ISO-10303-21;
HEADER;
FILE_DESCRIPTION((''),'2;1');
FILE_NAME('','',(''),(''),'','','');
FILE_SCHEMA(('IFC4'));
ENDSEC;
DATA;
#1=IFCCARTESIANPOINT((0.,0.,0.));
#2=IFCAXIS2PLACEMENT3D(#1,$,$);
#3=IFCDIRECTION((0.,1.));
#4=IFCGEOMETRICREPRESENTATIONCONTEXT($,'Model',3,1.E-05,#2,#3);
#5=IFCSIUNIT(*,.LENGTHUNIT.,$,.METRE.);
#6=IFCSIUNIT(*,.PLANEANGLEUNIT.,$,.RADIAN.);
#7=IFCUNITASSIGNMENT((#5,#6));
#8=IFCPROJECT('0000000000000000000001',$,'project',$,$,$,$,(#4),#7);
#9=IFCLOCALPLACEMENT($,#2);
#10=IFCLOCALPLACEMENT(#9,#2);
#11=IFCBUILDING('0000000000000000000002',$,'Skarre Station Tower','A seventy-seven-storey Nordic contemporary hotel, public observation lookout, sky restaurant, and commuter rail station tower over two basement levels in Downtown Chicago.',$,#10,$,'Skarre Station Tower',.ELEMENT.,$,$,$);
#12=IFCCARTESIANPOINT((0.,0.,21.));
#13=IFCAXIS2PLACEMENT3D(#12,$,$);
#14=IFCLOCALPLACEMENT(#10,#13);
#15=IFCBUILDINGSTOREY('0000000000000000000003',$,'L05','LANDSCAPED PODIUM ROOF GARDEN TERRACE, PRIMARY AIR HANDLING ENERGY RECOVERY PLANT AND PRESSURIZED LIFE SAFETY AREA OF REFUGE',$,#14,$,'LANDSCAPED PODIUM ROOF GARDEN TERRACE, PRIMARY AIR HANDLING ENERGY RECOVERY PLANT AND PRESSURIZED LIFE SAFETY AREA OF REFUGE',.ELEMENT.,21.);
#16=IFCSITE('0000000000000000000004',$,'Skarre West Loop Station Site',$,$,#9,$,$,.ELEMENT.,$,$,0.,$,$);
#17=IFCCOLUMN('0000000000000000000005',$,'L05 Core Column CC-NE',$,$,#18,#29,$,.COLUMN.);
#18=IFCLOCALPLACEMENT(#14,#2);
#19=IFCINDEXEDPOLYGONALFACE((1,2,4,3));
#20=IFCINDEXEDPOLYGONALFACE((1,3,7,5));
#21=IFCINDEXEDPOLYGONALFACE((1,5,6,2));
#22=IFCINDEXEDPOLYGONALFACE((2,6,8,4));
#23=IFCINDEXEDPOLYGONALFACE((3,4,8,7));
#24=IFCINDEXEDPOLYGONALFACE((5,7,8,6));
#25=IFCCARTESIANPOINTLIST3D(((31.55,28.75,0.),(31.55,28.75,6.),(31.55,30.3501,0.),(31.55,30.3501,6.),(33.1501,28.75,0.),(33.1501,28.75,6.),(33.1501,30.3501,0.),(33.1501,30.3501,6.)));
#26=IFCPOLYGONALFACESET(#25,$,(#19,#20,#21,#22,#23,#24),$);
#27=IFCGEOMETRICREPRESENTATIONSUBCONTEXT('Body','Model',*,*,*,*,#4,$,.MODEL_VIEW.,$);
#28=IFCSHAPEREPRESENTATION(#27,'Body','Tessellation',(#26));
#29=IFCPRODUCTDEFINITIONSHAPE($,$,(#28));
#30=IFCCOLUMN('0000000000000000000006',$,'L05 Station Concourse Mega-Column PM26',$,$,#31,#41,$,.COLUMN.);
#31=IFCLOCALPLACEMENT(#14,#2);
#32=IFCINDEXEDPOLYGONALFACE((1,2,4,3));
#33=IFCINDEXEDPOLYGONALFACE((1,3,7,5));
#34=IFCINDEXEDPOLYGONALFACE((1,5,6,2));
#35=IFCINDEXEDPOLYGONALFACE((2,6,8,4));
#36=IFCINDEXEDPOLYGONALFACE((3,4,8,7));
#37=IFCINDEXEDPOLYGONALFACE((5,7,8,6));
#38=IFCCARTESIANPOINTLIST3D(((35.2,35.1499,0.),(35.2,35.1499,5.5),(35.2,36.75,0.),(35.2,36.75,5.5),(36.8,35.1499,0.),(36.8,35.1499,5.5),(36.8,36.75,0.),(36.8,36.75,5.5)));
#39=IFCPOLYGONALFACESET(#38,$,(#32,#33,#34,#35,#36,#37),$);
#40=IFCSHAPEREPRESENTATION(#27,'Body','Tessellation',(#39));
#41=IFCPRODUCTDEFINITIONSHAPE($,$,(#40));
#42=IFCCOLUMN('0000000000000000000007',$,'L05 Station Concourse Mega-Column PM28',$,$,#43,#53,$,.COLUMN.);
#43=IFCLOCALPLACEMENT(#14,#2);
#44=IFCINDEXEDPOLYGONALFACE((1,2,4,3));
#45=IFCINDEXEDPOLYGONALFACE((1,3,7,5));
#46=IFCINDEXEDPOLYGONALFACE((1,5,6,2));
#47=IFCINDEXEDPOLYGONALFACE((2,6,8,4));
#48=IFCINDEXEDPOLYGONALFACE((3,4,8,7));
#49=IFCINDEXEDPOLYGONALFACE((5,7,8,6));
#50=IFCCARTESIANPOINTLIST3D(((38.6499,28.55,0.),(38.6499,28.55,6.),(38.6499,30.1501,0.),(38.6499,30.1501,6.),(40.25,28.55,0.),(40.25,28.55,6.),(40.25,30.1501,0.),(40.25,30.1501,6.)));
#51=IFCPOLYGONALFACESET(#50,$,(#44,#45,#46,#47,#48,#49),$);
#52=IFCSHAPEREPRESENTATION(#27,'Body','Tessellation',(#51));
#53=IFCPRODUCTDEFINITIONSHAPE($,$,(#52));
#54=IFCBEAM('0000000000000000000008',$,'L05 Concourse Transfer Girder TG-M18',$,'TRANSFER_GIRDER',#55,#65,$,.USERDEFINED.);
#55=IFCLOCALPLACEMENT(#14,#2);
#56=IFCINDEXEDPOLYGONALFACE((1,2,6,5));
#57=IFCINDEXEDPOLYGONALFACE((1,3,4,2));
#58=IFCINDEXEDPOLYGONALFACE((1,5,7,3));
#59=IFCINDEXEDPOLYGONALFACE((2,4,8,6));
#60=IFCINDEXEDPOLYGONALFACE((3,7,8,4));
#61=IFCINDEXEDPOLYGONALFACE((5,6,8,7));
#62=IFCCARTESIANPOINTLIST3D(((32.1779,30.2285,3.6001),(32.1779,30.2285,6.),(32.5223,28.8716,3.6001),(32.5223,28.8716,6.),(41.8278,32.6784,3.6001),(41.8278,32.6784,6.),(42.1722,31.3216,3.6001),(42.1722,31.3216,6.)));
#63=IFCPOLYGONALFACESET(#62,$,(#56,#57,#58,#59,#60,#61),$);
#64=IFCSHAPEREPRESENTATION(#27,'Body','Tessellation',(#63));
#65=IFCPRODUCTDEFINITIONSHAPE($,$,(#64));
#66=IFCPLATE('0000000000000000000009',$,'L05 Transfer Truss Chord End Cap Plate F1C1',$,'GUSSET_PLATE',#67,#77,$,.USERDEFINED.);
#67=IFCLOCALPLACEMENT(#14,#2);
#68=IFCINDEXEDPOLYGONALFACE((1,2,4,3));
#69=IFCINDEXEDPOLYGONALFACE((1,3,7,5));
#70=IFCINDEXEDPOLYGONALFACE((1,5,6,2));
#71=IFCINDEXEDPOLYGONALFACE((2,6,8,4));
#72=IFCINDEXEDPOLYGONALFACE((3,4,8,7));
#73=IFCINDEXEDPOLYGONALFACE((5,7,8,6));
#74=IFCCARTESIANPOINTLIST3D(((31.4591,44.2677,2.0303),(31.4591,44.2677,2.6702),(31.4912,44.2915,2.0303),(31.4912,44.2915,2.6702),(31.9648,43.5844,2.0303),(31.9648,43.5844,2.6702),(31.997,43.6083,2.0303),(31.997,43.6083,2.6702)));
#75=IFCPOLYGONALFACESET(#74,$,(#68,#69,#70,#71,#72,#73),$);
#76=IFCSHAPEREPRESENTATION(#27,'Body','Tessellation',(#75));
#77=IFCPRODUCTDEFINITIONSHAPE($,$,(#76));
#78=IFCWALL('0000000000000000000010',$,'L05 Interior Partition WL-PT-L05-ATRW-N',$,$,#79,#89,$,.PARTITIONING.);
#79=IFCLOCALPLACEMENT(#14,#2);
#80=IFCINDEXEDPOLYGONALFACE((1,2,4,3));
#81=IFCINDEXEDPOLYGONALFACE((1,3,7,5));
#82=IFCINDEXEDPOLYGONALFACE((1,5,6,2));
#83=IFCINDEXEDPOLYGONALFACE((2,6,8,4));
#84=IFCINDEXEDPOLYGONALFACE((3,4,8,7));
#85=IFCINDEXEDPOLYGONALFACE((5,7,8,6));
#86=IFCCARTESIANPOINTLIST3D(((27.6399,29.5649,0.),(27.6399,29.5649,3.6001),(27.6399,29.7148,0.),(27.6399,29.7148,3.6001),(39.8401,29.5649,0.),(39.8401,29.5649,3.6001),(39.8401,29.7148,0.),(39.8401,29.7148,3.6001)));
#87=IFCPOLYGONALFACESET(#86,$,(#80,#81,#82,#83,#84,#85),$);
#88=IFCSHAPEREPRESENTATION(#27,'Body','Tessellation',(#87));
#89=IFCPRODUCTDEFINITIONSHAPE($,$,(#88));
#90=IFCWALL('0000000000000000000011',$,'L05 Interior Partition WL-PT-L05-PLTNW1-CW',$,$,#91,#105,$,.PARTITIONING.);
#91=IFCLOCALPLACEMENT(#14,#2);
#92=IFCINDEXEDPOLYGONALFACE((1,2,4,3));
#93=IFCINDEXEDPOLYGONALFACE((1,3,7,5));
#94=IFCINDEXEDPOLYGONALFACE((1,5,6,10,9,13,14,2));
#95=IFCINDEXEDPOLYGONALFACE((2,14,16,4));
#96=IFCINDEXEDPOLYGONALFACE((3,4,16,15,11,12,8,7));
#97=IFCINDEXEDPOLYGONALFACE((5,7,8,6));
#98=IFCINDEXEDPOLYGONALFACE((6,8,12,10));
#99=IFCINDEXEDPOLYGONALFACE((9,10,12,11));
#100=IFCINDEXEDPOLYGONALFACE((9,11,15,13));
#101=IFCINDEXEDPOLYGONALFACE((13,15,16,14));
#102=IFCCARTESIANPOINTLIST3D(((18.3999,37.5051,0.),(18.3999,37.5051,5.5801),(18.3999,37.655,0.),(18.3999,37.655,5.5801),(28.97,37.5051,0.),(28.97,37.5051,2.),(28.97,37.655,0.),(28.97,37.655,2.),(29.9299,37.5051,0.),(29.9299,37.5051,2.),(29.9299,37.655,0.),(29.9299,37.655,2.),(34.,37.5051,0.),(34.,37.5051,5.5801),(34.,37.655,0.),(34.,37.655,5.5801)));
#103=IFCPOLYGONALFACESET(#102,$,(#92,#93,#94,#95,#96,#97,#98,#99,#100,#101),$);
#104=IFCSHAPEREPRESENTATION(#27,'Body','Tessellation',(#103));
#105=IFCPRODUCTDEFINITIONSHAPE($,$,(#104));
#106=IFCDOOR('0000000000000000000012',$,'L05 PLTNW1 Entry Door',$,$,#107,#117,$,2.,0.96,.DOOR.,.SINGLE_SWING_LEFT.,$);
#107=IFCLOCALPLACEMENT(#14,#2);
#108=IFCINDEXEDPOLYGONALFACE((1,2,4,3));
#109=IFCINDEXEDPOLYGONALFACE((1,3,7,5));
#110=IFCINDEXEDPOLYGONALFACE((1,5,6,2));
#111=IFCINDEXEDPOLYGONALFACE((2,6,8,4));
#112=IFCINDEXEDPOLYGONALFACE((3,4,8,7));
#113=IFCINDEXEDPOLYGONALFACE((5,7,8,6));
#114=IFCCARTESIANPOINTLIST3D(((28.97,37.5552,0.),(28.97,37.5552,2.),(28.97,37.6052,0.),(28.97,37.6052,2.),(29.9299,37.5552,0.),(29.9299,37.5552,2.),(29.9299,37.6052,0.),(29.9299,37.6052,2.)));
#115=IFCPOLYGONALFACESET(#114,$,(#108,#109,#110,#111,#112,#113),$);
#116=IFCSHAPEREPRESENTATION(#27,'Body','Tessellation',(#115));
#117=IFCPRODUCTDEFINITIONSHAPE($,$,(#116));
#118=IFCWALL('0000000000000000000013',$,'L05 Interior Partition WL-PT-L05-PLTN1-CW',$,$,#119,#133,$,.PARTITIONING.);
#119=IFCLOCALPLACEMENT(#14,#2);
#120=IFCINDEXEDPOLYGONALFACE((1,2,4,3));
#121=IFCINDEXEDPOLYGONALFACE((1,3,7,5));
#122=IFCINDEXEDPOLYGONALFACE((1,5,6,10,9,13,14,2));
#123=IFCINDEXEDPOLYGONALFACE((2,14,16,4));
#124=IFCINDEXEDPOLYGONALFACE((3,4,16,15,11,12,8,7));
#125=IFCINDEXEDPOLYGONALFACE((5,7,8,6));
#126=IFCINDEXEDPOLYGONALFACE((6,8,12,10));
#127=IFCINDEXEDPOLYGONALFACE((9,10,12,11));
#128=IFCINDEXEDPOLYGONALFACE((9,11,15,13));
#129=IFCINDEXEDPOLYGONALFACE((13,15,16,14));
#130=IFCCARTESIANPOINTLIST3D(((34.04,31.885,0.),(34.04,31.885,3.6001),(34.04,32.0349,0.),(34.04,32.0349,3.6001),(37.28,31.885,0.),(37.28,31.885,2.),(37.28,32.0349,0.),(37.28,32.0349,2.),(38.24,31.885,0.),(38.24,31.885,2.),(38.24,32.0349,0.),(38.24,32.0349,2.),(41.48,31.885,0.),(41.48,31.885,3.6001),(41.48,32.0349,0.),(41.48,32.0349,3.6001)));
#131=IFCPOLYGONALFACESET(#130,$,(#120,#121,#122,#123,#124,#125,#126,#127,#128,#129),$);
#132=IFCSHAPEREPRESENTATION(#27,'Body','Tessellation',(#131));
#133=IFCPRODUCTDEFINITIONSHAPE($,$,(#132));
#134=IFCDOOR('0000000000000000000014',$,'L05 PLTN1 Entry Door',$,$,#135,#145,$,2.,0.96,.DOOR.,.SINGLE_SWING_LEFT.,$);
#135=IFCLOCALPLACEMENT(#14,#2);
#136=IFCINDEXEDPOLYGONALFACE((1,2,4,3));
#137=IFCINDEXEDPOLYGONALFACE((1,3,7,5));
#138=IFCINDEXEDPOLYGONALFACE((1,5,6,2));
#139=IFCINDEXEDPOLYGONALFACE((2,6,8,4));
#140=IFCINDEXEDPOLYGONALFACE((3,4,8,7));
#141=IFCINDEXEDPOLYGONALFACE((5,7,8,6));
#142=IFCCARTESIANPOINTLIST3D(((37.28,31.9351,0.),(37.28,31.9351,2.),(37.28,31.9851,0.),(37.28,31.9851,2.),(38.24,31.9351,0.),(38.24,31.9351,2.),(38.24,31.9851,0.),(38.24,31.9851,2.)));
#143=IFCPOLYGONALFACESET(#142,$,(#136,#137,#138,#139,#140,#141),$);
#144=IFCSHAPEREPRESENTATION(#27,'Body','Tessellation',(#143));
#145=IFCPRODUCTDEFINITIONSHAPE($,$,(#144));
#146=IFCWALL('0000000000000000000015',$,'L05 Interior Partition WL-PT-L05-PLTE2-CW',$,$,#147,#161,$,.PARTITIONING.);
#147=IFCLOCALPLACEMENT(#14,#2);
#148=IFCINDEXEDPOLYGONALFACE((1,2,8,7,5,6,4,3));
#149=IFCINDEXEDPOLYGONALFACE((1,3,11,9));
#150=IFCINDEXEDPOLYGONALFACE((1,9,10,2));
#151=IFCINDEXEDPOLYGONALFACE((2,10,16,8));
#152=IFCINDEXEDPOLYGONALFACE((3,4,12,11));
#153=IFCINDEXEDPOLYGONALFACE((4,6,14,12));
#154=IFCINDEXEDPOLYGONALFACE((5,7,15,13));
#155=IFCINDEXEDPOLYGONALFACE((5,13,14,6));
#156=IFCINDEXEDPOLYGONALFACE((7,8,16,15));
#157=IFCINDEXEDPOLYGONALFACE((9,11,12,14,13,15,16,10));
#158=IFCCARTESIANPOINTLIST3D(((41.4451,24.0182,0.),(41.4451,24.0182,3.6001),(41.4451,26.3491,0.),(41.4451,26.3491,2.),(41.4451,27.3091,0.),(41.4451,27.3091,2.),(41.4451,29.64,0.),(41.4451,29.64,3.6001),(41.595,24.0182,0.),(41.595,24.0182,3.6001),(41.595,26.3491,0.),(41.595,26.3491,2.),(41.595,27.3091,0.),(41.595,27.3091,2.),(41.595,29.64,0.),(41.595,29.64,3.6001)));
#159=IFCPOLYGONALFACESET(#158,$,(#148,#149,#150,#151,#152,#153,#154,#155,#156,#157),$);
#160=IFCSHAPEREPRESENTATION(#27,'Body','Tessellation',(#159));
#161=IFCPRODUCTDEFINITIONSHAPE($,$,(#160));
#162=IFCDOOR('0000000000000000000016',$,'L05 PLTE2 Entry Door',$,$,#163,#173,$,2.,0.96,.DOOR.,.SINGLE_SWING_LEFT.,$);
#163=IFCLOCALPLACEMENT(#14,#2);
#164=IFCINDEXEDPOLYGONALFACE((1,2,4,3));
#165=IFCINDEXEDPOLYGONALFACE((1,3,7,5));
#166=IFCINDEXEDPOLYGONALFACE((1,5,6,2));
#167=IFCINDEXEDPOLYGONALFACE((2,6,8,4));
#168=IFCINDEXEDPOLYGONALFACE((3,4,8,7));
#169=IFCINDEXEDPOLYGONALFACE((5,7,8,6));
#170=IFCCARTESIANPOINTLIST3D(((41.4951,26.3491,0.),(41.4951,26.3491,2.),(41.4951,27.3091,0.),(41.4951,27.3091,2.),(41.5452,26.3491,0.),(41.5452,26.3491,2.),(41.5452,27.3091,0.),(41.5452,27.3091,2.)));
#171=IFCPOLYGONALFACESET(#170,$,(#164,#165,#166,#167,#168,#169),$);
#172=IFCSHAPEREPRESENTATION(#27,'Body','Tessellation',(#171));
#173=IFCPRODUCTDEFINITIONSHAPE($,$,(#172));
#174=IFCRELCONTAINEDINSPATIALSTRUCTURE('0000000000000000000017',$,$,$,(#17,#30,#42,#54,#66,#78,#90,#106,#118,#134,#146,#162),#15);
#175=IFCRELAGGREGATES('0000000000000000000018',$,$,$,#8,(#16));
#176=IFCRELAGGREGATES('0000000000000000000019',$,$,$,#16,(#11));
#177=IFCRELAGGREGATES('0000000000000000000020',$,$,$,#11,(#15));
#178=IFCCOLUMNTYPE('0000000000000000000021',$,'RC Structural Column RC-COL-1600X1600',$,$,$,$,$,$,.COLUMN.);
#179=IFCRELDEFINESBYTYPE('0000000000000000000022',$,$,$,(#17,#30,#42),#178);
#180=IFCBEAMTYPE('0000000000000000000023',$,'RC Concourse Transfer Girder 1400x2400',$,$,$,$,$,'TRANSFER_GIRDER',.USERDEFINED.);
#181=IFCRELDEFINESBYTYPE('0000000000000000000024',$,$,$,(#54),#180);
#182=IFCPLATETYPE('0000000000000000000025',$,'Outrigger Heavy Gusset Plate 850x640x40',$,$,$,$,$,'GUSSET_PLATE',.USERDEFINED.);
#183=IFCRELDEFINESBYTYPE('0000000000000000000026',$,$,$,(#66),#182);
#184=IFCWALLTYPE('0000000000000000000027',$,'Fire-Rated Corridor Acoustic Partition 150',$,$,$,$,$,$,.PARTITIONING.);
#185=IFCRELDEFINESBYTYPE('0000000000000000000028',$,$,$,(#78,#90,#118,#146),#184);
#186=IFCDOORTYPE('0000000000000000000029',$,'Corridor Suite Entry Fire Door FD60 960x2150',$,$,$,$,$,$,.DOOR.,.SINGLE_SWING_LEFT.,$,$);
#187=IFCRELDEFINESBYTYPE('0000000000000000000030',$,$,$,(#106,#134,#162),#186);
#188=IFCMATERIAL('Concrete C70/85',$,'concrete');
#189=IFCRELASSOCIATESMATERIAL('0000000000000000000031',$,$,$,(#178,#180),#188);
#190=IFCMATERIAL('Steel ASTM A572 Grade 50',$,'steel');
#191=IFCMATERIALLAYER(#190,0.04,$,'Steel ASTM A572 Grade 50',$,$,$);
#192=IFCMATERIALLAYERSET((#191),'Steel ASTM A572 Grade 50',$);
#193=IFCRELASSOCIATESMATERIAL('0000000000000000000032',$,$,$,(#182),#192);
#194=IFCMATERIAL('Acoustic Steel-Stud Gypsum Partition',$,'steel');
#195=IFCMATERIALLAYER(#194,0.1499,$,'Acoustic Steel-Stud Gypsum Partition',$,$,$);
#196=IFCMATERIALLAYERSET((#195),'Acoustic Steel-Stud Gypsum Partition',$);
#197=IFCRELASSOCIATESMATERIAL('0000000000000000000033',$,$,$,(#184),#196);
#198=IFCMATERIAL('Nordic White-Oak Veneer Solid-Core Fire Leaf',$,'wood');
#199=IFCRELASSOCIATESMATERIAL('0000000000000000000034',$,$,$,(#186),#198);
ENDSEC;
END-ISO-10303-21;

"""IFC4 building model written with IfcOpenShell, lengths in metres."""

from ifc_helpers import new_model, si_unit, direction, frame, frame_2d, origin, origin_2d, place, context, subcontext, project, spatial, rectangle, extrude, material, layer, layer_set, material_profile, profile_set, type_object, element, fill, save


model = new_model("IFC4")

# Units and contexts
model_context = context("Model", 3, precision=1e-05, world=origin(), true_north=direction((0.0, 1.0)))
body_context = subcontext(model_context, "Body", "Model", "MODEL_VIEW")
ifc_project = project(units=[si_unit("LENGTHUNIT", "METRE"), si_unit("PLANEANGLEUNIT", "RADIAN")], contexts=[model_context])

# Site, building, storey
site_placement = place(None, origin())
site = spatial("IfcSite", under=ifc_project, at=site_placement, Name="Skarre West Loop Station Site", CompositionType="ELEMENT", RefElevation=0.0)
building_placement = place(site_placement, origin())
building = spatial("IfcBuilding", under=site, at=building_placement, Name="Skarre Station Tower", Description="A seventy-seven-storey Nordic contemporary hotel, public observation lookout, sky restaurant, and commuter rail station tower over two basement levels in Downtown Chicago.", LongName="Skarre Station Tower", CompositionType="ELEMENT")
storey_placement = place(building_placement, frame((0.0, 0.0, 21.0)))
storey = spatial("IfcBuildingStorey", under=building, at=storey_placement, Name="L05", Description="LANDSCAPED PODIUM ROOF GARDEN TERRACE, PRIMARY AIR HANDLING ENERGY RECOVERY PLANT AND PRESSURIZED LIFE SAFETY AREA OF REFUGE", LongName="LANDSCAPED PODIUM ROOF GARDEN TERRACE, PRIMARY AIR HANDLING ENERGY RECOVERY PLANT AND PRESSURIZED LIFE SAFETY AREA OF REFUGE", CompositionType="ELEMENT", Elevation=21.0)

# Columns
ifc_material_1 = material(Name="Concrete C70/85", Category="concrete")
ifc_material_profile_1 = material_profile(ifc_material_1, rectangle(XDim=1.6001, YDim=1.6001, at=origin_2d()), Name="Concrete C70/85")
ifc_profile_set_1 = profile_set([ifc_material_profile_1], Name="Concrete C70/85")
column_type = type_object("IfcColumnType", Name="RC Structural Column RC-COL-1600X1600", PredefinedType="COLUMN", material=ifc_profile_set_1)
column_1_placement = place(storey_placement, frame((32.3501, 29.55, 0.0), z_axis=(0.0, 0.0, 1.0), x_axis=(1.0, 0.0, 0.0)))
element("IfcColumn", 1, at=column_1_placement, inside=storey, type_object=column_type, Name="L05 Core Column CC-NE", PredefinedType="COLUMN", context=body_context, shape_type="SweptSolid", body=[
    extrude(rectangle(XDim=1.6001, YDim=1.6001, at=origin_2d()), origin(), (0.0, 0.0, 1.0), 6.0),
])
column_2_placement = place(storey_placement, frame((36.0, 35.95, 0.0), z_axis=(0.0, 0.0, 1.0), x_axis=(1.0, 0.0, 0.0)))
element("IfcColumn", 2, at=column_2_placement, inside=storey, type_object=column_type, Name="L05 Station Concourse Mega-Column PM26", PredefinedType="COLUMN", context=body_context, shape_type="SweptSolid", body=[
    extrude(rectangle(XDim=1.6001, YDim=1.6001, at=origin_2d()), origin(), (0.0, 0.0, 1.0), 5.5),
])
column_3_placement = place(storey_placement, frame((39.45, 29.3501, 0.0), z_axis=(0.0, 0.0, 1.0), x_axis=(1.0, 0.0, 0.0)))
element("IfcColumn", 3, at=column_3_placement, inside=storey, type_object=column_type, Name="L05 Station Concourse Mega-Column PM28", PredefinedType="COLUMN", context=body_context, shape_type="SweptSolid", body=[
    extrude(rectangle(XDim=1.6001, YDim=1.6001, at=origin_2d()), origin(), (0.0, 0.0, 1.0), 6.0),
])

# Beam
ifc_material_profile_2 = material_profile(ifc_material_1, rectangle(XDim=1.3999, YDim=2.3999, at=origin_2d()), Name="Concrete C70/85")
ifc_profile_set_2 = profile_set([ifc_material_profile_2], Name="Concrete C70/85")
beam_type = type_object("IfcBeamType", Name="RC Concourse Transfer Girder 1400x2400", ElementType="TRANSFER_GIRDER", PredefinedType="USERDEFINED", material=ifc_profile_set_2)
beam_placement = place(storey_placement, frame((32.3501, 29.55, 4.8), z_axis=(0.96925, 0.246077, 0.0), x_axis=(-0.246077, 0.96925, 0.0)))
element("IfcBeam", 4, at=beam_placement, inside=storey, type_object=beam_type, Name="L05 Concourse Transfer Girder TG-M18", ObjectType="TRANSFER_GIRDER", PredefinedType="USERDEFINED", context=body_context, shape_type="SweptSolid", body=[
    extrude(rectangle(XDim=1.3999, YDim=2.3999, at=origin_2d()), origin(), (0.0, 0.0, 1.0), 9.9561),
])

# Plate
ifc_material_2 = material(Name="Steel ASTM A572 Grade 50", Category="steel")
ifc_layer_1 = layer(ifc_material_2, 0.04, Name="Steel ASTM A572 Grade 50")
ifc_layer_set_1 = layer_set([ifc_layer_1], Name="Steel ASTM A572 Grade 50")
plate_type = type_object("IfcPlateType", Name="Outrigger Heavy Gusset Plate 850x640x40", ElementType="GUSSET_PLATE", PredefinedType="USERDEFINED", material=ifc_layer_set_1)
plate_placement = place(storey_placement, frame((31.728, 43.938, 2.0303), z_axis=(0.0, 0.0, 1.0), x_axis=(-0.803784, -0.594921, 0.0)))
element("IfcPlate", 5, at=plate_placement, inside=storey, type_object=plate_type, Name="L05 Transfer Truss Chord End Cap Plate F1C1", ObjectType="GUSSET_PLATE", PredefinedType="USERDEFINED", context=body_context, shape_type="SweptSolid", body=[
    extrude(rectangle(XDim=0.04, YDim=0.8501, at=origin_2d()), origin(), (0.0, 0.0, 1.0), 0.6399),
])

# Wall
ifc_material_3 = material(Name="Acoustic Steel-Stud Gypsum Partition", Category="steel")
ifc_layer_2 = layer(ifc_material_3, 0.1499, Name="Acoustic Steel-Stud Gypsum Partition")
ifc_layer_set_2 = layer_set([ifc_layer_2], Name="Acoustic Steel-Stud Gypsum Partition")
wall_type_1 = type_object("IfcWallType", Name="Fire-Rated Corridor Acoustic Partition 150", PredefinedType="PARTITIONING", material=ifc_layer_set_2)
wall_1_placement = place(storey_placement, frame((39.8401, 29.6399, 0.0), z_axis=(0.0, 0.0, 1.0), x_axis=(-1.0, 0.0, 0.0)))
element("IfcWall", 6, at=wall_1_placement, inside=storey, type_object=wall_type_1, Name="L05 Interior Partition WL-PT-L05-ATRW-N", PredefinedType="PARTITIONING", context=body_context, shape_type="SweptSolid", body=[
    extrude(rectangle(XDim=12.2002, YDim=0.1499, at=frame_2d((6.1001, 0.0))), origin(), (0.0, 0.0, 1.0), 3.6001),
])

# Walls, openings, doors
wall_2_placement = place(storey_placement, frame((34.0, 37.5801, 0.0), z_axis=(0.0, 0.0, 1.0), x_axis=(-1.0, 0.0, 0.0)))
wall_2 = element("IfcWall", 7, at=wall_2_placement, inside=storey, type_object=wall_type_1, Name="L05 Interior Partition WL-PT-L05-PLTNW1-CW", PredefinedType="PARTITIONING", context=body_context, shape_type="SweptSolid", body=[
    extrude(rectangle(XDim=15.6001, YDim=0.1499, at=frame_2d((7.8, 0.0))), origin(), (0.0, 0.0, 1.0), 5.5801),
])
opening_1_placement = place(wall_2_placement, frame((4.0701, 0.0, 0.0)))
opening_1 = element("IfcOpeningElement", 8, at=opening_1_placement, cuts=wall_2, PredefinedType="OPENING", context=body_context, shape_type="SweptSolid", body=[
    extrude(rectangle(XDim=0.96, YDim=2.0, at=frame_2d((0.48, 1.0))), frame((0.0, 0.085, 0.0), z_axis=(0.0, -1.0, 0.0), x_axis=(1.0, 0.0, 0.0)), (0.0, 0.0, 1.0), 0.1699),
])
ifc_material_4 = material(Name="Nordic White-Oak Veneer Solid-Core Fire Leaf", Category="wood")
door_type = type_object("IfcDoorType", Name="Corridor Suite Entry Fire Door FD60 960x2150", OperationType="SINGLE_SWING_LEFT", PredefinedType="DOOR", material=ifc_material_4)
door_1_placement = place(opening_1_placement, origin())
door_1 = element("IfcDoor", 9, at=door_1_placement, inside=storey, type_object=door_type, Name="L05 PLTNW1 Entry Door", OperationType="SINGLE_SWING_LEFT", OverallHeight=2.0, OverallWidth=0.96, PredefinedType="DOOR", context=body_context, shape_type="SweptSolid", body=[
    extrude(rectangle(XDim=0.96, YDim=2.0, at=frame_2d((0.48, 1.0))), frame((0.0, 0.0249, 0.0), z_axis=(0.0, -1.0, 0.0), x_axis=(1.0, 0.0, 0.0)), (0.0, 0.0, 1.0), 0.05),
])
fill(opening_1, door_1)
wall_3_placement = place(storey_placement, frame((41.48, 31.96, 0.0), z_axis=(0.0, 0.0, 1.0), x_axis=(-1.0, 0.0, 0.0)))
wall_3 = element("IfcWall", 10, at=wall_3_placement, inside=storey, type_object=wall_type_1, Name="L05 Interior Partition WL-PT-L05-PLTN1-CW", PredefinedType="PARTITIONING", context=body_context, shape_type="SweptSolid", body=[
    extrude(rectangle(XDim=7.4399, YDim=0.1499, at=frame_2d((3.72, 0.0))), origin(), (0.0, 0.0, 1.0), 3.6001),
])
opening_2_placement = place(wall_3_placement, frame((3.24, 0.0, 0.0)))
opening_2 = element("IfcOpeningElement", 11, at=opening_2_placement, cuts=wall_3, PredefinedType="OPENING", context=body_context, shape_type="SweptSolid", body=[
    extrude(rectangle(XDim=0.96, YDim=2.0, at=frame_2d((0.48, 1.0))), frame((0.0, 0.085, 0.0), z_axis=(0.0, -1.0, 0.0), x_axis=(1.0, 0.0, 0.0)), (0.0, 0.0, 1.0), 0.1699),
])
door_2_placement = place(opening_2_placement, origin())
door_2 = element("IfcDoor", 12, at=door_2_placement, inside=storey, type_object=door_type, Name="L05 PLTN1 Entry Door", OperationType="SINGLE_SWING_LEFT", OverallHeight=2.0, OverallWidth=0.96, PredefinedType="DOOR", context=body_context, shape_type="SweptSolid", body=[
    extrude(rectangle(XDim=0.96, YDim=2.0, at=frame_2d((0.48, 1.0))), frame((0.0, 0.0249, 0.0), z_axis=(0.0, -1.0, 0.0), x_axis=(1.0, 0.0, 0.0)), (0.0, 0.0, 1.0), 0.05),
])
fill(opening_2, door_2)
wall_4_placement = place(storey_placement, frame((41.52, 24.0181, 0.0), z_axis=(0.0, 0.0, 1.0), x_axis=(0.0, 1.0, 0.0)))
wall_4 = element("IfcWall", 13, at=wall_4_placement, inside=storey, type_object=wall_type_1, Name="L05 Interior Partition WL-PT-L05-PLTE2-CW", PredefinedType="PARTITIONING", context=body_context, shape_type="SweptSolid", body=[
    extrude(rectangle(XDim=5.6218, YDim=0.1499, at=frame_2d((2.811, 0.0))), origin(), (0.0, 0.0, 1.0), 3.6001),
])
opening_3_placement = place(wall_4_placement, frame((2.3311, 0.0, 0.0)))
opening_3 = element("IfcOpeningElement", 14, at=opening_3_placement, cuts=wall_4, PredefinedType="OPENING", context=body_context, shape_type="SweptSolid", body=[
    extrude(rectangle(XDim=0.96, YDim=2.0, at=frame_2d((0.48, 1.0))), frame((0.0, 0.085, 0.0), z_axis=(0.0, -1.0, 0.0), x_axis=(1.0, 0.0, 0.0)), (0.0, 0.0, 1.0), 0.1699),
])
door_3_placement = place(opening_3_placement, origin())
door_3 = element("IfcDoor", 15, at=door_3_placement, inside=storey, type_object=door_type, Name="L05 PLTE2 Entry Door", OperationType="SINGLE_SWING_LEFT", OverallHeight=2.0, OverallWidth=0.96, PredefinedType="DOOR", context=body_context, shape_type="SweptSolid", body=[
    extrude(rectangle(XDim=0.96, YDim=2.0, at=frame_2d((0.48, 1.0))), frame((0.0, 0.0249, 0.0), z_axis=(0.0, -1.0, 0.0), x_axis=(1.0, 0.0, 0.0)), (0.0, 0.0, 1.0), 0.05),
])
fill(opening_3, door_3)

save(model, "model.ifc")
